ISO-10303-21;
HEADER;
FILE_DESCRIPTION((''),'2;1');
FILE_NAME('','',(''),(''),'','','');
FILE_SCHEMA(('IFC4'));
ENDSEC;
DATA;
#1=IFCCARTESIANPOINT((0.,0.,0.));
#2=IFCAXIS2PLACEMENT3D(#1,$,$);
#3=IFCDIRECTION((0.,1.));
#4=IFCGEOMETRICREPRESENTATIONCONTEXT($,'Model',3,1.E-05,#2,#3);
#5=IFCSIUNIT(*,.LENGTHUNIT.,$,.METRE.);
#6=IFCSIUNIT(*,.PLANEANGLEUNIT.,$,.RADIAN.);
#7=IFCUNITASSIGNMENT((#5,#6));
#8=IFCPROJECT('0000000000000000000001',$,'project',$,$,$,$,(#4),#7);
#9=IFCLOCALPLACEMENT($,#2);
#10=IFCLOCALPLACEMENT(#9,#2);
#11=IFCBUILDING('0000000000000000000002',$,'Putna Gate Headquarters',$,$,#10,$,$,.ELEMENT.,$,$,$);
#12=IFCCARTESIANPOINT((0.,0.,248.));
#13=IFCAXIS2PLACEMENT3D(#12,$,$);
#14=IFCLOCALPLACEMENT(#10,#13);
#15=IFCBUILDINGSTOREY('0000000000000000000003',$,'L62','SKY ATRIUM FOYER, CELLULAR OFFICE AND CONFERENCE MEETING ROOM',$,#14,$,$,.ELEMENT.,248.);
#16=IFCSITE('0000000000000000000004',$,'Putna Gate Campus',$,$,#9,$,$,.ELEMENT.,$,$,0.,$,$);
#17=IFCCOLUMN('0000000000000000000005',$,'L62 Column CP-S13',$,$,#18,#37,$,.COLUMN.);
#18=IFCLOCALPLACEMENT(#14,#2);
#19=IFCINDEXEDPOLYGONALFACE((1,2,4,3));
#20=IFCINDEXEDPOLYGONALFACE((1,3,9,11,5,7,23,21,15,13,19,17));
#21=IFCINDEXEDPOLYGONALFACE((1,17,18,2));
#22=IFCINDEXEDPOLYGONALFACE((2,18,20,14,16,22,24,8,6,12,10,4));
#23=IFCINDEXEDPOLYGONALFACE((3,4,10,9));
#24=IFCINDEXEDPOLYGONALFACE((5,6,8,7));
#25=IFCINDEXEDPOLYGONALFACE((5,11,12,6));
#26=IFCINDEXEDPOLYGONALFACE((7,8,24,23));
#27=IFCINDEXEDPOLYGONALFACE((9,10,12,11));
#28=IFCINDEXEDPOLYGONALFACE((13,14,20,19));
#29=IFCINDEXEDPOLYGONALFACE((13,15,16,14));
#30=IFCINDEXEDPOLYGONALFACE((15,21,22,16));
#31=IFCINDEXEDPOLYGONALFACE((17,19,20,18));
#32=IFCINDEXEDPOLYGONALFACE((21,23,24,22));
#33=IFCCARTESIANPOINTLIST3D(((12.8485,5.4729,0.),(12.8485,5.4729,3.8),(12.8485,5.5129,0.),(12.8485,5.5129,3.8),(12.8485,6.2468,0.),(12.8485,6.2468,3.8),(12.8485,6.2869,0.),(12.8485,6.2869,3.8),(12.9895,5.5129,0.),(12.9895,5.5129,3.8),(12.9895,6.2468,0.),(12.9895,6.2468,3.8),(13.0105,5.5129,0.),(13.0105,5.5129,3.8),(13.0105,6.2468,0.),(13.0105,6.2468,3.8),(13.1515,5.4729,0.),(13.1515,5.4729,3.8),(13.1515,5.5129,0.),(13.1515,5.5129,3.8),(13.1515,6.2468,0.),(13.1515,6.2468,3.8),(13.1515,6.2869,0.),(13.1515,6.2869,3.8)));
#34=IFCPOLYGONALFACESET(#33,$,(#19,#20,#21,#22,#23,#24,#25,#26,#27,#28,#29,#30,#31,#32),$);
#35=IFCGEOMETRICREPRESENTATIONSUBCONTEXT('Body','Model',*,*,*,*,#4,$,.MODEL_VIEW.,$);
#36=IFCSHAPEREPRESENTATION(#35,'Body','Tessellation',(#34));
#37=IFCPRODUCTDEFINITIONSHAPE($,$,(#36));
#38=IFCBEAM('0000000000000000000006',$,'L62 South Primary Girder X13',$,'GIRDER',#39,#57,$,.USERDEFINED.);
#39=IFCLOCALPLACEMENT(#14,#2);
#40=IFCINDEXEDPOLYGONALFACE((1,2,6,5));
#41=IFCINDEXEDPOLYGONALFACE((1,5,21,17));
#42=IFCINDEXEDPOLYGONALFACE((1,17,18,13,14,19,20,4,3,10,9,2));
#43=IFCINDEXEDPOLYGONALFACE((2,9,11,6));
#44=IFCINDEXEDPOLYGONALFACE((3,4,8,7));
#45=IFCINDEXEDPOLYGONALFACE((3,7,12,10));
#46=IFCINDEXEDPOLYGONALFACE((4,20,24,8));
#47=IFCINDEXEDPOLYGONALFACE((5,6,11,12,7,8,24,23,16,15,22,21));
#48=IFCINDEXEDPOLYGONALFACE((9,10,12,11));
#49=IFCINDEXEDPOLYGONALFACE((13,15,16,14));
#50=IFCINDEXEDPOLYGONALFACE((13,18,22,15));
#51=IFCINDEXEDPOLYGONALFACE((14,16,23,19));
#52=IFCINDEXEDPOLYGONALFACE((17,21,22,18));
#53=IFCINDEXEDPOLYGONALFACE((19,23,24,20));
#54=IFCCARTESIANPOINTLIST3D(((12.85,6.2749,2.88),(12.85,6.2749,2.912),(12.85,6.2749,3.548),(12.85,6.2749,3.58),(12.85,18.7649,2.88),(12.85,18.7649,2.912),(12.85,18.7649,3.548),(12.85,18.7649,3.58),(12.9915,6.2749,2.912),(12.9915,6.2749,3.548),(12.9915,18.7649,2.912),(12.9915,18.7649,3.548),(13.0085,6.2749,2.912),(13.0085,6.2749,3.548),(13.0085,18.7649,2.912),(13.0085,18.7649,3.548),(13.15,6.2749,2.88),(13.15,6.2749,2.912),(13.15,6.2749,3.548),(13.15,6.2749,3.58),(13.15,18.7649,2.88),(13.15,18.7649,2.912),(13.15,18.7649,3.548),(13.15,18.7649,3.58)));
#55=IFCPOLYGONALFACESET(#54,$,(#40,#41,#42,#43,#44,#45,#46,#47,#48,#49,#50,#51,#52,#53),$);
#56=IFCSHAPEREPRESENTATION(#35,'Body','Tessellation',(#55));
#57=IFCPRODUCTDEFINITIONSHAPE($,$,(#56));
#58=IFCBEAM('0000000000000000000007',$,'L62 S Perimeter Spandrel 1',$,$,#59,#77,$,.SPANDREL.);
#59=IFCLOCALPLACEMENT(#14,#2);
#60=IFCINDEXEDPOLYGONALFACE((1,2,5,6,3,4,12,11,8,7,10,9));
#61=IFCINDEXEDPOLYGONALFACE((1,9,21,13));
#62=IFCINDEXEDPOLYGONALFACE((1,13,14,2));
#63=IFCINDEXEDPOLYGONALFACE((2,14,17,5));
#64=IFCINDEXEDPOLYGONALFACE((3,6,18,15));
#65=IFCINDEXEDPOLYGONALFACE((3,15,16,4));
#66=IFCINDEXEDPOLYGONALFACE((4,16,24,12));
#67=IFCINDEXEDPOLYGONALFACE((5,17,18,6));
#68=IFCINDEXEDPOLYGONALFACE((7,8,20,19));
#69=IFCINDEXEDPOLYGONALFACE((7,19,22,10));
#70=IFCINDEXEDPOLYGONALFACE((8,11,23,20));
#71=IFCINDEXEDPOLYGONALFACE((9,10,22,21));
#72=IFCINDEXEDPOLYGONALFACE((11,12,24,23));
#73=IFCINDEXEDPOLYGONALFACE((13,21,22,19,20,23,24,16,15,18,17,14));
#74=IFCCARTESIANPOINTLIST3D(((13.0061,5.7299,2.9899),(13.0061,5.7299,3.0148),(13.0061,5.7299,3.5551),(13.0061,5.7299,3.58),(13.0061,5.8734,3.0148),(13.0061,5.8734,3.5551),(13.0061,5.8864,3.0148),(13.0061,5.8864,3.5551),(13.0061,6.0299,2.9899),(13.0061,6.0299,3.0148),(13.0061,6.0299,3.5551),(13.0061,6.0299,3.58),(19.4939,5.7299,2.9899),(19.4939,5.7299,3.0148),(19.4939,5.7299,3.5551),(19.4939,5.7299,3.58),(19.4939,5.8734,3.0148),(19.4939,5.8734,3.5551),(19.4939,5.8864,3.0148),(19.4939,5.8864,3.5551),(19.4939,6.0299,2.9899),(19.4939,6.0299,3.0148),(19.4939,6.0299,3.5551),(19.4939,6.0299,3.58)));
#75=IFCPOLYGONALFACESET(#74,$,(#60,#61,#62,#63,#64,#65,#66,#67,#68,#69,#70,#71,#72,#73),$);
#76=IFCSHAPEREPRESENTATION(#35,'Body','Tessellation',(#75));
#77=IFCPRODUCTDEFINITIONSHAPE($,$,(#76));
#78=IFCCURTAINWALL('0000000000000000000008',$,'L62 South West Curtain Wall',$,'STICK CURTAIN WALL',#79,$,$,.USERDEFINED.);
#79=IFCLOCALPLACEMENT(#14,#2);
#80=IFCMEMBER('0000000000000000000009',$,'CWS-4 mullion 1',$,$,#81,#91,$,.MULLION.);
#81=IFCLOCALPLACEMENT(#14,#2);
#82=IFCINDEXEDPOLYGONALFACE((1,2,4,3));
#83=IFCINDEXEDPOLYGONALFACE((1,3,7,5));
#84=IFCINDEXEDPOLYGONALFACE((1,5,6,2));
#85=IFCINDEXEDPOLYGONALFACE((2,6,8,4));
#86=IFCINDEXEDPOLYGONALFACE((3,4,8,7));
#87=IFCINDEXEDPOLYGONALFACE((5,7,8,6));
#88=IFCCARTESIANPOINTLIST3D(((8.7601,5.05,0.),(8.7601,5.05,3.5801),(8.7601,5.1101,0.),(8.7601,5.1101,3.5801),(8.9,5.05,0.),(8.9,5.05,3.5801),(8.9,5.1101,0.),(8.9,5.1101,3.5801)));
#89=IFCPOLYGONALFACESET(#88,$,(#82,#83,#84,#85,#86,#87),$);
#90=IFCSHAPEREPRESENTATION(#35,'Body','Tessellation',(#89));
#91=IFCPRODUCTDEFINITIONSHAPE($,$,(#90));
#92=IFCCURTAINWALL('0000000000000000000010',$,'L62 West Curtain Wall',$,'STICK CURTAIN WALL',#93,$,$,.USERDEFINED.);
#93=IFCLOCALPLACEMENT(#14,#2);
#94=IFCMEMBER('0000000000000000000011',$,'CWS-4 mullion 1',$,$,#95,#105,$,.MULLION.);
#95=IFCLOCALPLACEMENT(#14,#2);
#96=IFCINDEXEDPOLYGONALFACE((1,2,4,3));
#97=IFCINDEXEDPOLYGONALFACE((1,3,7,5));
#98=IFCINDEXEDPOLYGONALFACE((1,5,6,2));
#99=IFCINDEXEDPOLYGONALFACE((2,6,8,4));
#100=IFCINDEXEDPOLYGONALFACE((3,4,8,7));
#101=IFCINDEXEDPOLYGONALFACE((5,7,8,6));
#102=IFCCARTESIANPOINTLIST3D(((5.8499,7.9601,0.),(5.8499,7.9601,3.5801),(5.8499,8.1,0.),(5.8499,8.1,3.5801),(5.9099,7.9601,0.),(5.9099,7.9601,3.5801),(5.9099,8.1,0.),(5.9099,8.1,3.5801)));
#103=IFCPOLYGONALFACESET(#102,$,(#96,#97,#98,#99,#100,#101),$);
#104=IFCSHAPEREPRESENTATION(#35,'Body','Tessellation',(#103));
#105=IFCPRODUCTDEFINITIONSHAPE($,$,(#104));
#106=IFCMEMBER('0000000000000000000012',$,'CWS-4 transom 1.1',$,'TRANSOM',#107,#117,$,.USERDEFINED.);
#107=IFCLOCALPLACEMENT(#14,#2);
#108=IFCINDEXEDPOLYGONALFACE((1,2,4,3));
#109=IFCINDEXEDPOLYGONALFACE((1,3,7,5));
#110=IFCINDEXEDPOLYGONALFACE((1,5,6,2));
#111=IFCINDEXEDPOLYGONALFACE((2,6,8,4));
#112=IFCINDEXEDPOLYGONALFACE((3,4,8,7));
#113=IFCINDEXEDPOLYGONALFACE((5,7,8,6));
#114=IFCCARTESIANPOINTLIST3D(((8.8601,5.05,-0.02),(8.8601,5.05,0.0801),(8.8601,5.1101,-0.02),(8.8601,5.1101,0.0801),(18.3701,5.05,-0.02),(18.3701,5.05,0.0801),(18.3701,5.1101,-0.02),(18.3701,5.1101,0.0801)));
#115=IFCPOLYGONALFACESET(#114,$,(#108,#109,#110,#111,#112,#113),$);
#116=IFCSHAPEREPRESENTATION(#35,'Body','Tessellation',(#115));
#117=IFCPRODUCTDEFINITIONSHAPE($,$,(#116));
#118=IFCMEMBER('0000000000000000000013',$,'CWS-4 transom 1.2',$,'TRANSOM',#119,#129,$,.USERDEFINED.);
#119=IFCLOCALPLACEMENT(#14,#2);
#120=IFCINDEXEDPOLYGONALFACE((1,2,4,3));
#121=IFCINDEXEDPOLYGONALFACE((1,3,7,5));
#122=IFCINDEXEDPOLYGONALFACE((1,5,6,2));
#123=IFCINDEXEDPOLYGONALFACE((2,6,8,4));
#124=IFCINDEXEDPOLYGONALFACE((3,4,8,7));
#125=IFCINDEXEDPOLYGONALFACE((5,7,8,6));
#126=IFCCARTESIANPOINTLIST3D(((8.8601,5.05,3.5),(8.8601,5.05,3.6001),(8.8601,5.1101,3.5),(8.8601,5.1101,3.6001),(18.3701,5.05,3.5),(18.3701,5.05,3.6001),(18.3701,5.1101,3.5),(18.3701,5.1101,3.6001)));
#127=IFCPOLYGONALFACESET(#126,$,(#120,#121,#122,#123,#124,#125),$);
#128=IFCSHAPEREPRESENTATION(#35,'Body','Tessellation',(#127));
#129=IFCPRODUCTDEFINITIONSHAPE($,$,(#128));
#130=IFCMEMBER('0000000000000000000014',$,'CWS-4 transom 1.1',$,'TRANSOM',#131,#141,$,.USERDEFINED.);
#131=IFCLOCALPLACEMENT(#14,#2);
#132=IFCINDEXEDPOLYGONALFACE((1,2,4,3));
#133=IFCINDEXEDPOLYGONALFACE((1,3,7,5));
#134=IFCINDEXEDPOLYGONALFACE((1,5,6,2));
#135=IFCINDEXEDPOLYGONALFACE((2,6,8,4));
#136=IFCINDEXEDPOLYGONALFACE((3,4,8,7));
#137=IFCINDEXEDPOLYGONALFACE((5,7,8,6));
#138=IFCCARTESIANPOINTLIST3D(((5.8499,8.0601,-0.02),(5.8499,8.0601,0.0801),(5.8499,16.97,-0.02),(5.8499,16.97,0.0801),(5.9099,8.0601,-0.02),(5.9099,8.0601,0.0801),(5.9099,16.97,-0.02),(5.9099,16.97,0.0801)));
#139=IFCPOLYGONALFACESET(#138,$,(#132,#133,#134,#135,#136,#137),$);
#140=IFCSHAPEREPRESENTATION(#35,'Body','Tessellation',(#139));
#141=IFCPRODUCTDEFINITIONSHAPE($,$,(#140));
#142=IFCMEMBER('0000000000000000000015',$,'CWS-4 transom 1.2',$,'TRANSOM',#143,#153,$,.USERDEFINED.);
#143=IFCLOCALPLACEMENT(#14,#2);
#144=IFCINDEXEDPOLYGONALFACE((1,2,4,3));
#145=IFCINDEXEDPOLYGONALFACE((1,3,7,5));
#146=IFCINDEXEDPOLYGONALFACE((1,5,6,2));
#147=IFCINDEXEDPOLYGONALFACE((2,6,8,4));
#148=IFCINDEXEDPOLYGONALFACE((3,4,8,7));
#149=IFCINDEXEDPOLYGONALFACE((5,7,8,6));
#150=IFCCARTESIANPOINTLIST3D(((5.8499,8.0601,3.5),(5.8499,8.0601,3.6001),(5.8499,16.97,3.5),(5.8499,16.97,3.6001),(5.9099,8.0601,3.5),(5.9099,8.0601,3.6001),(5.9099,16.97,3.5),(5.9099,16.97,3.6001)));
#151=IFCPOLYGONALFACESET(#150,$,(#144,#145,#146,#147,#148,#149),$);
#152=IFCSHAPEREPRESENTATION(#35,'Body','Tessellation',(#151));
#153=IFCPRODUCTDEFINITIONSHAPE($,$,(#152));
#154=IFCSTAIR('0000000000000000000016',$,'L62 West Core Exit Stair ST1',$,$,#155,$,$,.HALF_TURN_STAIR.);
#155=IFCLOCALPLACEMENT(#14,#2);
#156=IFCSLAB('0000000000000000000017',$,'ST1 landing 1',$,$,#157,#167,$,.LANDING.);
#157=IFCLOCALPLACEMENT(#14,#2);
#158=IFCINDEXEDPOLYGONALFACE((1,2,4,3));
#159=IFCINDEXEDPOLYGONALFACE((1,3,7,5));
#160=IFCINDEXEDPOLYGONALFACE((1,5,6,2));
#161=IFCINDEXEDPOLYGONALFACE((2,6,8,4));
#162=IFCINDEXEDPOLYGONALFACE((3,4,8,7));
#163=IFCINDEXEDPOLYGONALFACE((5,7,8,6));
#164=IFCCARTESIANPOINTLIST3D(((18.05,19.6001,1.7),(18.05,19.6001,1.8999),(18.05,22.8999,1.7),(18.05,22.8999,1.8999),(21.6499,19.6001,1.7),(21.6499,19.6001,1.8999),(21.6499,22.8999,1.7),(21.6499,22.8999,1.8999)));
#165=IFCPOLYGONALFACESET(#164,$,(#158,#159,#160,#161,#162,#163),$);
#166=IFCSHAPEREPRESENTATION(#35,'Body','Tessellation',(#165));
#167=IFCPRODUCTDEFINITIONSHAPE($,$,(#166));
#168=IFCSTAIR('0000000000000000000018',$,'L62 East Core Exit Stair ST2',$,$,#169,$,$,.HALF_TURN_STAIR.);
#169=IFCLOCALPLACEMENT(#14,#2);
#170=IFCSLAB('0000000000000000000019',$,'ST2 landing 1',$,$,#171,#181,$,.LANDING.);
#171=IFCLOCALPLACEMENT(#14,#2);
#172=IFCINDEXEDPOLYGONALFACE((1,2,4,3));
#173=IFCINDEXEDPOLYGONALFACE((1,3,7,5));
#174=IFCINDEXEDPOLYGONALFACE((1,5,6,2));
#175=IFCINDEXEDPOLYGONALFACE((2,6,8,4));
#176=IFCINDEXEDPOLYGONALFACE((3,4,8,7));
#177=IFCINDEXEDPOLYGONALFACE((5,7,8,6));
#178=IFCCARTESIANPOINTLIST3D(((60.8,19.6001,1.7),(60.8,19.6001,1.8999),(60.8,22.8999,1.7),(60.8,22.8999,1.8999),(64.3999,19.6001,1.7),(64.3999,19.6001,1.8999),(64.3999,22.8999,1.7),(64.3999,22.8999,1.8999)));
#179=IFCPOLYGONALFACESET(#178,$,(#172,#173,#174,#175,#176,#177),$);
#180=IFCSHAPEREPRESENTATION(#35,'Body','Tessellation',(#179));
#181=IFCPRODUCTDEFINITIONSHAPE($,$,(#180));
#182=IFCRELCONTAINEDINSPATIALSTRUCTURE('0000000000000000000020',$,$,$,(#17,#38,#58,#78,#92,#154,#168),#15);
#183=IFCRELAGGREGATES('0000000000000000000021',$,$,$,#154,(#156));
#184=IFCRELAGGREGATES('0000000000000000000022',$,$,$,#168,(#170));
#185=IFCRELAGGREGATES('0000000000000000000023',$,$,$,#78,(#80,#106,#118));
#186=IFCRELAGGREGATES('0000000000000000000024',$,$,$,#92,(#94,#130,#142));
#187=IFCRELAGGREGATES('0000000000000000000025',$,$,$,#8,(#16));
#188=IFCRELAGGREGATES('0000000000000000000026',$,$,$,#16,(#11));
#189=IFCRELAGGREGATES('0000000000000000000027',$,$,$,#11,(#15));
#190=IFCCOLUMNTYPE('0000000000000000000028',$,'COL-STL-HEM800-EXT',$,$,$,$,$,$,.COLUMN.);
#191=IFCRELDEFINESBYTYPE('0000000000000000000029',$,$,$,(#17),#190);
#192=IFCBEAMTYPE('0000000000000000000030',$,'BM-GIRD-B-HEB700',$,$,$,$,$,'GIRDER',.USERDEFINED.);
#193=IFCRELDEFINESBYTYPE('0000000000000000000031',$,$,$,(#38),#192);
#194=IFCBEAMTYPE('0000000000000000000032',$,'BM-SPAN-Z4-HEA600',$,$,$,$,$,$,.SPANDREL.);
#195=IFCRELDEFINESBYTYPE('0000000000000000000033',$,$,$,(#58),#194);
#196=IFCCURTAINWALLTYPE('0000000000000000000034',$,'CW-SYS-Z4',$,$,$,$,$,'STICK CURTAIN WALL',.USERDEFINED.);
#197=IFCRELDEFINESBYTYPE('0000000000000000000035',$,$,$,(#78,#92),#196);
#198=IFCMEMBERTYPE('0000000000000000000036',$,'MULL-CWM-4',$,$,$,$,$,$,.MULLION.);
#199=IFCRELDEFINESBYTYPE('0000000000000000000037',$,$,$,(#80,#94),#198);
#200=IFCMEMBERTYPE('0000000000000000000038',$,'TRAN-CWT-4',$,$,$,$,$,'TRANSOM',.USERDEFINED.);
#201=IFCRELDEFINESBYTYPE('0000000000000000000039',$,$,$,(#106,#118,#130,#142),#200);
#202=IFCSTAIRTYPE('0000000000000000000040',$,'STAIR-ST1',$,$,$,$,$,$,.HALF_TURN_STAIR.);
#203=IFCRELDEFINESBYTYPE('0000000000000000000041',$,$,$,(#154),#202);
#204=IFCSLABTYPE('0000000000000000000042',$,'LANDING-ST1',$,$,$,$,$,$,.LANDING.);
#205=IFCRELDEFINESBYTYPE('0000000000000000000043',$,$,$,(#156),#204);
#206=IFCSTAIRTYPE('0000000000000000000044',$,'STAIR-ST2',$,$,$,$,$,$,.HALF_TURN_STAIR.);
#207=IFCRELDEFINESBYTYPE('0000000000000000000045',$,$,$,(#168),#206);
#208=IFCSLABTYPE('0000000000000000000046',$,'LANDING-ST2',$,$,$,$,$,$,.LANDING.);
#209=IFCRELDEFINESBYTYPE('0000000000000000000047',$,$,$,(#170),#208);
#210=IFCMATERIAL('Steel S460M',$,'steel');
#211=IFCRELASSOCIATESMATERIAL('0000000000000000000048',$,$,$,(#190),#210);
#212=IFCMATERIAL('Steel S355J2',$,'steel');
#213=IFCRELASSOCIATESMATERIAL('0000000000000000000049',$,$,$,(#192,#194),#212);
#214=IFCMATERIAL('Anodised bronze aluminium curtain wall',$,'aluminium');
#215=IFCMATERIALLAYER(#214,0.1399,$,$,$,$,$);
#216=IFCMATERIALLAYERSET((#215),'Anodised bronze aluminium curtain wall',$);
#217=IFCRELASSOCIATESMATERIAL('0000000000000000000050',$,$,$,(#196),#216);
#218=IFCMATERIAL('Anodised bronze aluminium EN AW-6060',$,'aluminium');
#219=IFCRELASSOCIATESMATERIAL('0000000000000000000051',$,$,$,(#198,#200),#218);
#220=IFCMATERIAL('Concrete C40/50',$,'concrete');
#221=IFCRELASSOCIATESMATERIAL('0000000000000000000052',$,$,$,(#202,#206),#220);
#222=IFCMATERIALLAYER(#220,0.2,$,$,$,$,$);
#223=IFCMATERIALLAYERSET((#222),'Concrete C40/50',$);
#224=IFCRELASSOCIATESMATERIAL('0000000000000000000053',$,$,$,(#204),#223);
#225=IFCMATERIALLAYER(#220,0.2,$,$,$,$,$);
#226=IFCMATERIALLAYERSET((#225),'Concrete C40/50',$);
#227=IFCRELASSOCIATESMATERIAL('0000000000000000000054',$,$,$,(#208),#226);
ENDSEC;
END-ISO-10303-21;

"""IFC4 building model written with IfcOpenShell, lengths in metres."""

from ifc_helpers import new_model, si_unit, direction, frame, origin, origin_2d, place, context, subcontext, project, spatial, polyline, rectangle, i_section, outline, extrude, material, layer, layer_set, material_profile, profile_set, type_object, element, aggregate, save


model = new_model("IFC4")

# Units and contexts
model_context = context("Model", 3, precision=1e-05, world=origin(), true_north=direction((0.0, 1.0)))
body_context = subcontext(model_context, "Body", "Model", "MODEL_VIEW")
ifc_project = project(units=[si_unit("LENGTHUNIT", "METRE"), si_unit("PLANEANGLEUNIT", "RADIAN")], contexts=[model_context])

# Site, building, storey
site_placement = place(None, origin())
site = spatial("IfcSite", under=ifc_project, at=site_placement, Name="Putna Gate Campus", CompositionType="ELEMENT", RefElevation=0.0)
building_placement = place(site_placement, origin())
building = spatial("IfcBuilding", under=site, at=building_placement, Name="Putna Gate Headquarters", CompositionType="ELEMENT")
storey_placement = place(building_placement, frame((0.0, 0.0, 248.0)))
storey = spatial("IfcBuildingStorey", under=building, at=storey_placement, Name="L62", Description="SKY ATRIUM FOYER, CELLULAR OFFICE AND CONFERENCE MEETING ROOM", CompositionType="ELEMENT", Elevation=248.0)

# Column
ifc_material_1 = material(Name="Steel S460M", Category="steel")
ifc_material_profile_1 = material_profile(ifc_material_1, i_section(OverallWidth=0.303, OverallDepth=0.814, WebThickness=0.021, FlangeThickness=0.04, at=origin_2d()), Name="Steel S460M")
ifc_profile_set_1 = profile_set([ifc_material_profile_1], Name="Steel S460M")
column_type = type_object("IfcColumnType", Name="COL-STL-HEM800-EXT", PredefinedType="COLUMN", material=ifc_profile_set_1)
column_placement = place(storey_placement, frame((13.0, 5.8799, 0.0), z_axis=(0.0, 0.0, 1.0), x_axis=(1.0, 0.0, 0.0)))
element("IfcColumn", 1, at=column_placement, inside=storey, type_object=column_type, Name="L62 Column CP-S13", PredefinedType="COLUMN", context=body_context, shape_type="SweptSolid", body=[
    extrude(i_section(OverallWidth=0.303, OverallDepth=0.814, WebThickness=0.021, FlangeThickness=0.04, at=origin_2d()), origin(), (0.0, 0.0, 1.0), 3.8),
])

# Beams
ifc_material_2 = material(Name="Steel S355J2", Category="steel")
ifc_material_profile_2 = material_profile(ifc_material_2, i_section(OverallWidth=0.3, OverallDepth=0.7, WebThickness=0.0171, FlangeThickness=0.032, at=origin_2d()), Name="Steel S355J2")
ifc_profile_set_2 = profile_set([ifc_material_profile_2], Name="Steel S355J2")
beam_type_1 = type_object("IfcBeamType", Name="BM-GIRD-B-HEB700", ElementType="GIRDER", PredefinedType="USERDEFINED", material=ifc_profile_set_2)
beam_1_placement = place(storey_placement, frame((13.0, 6.2749, 3.23), z_axis=(0.0, 1.0, 0.0), x_axis=(-1.0, 0.0, 0.0)))
element("IfcBeam", 2, at=beam_1_placement, inside=storey, type_object=beam_type_1, Name="L62 South Primary Girder X13", ObjectType="GIRDER", PredefinedType="USERDEFINED", context=body_context, shape_type="SweptSolid", body=[
    extrude(i_section(OverallWidth=0.3, OverallDepth=0.7, WebThickness=0.0171, FlangeThickness=0.032, at=origin_2d()), origin(), (0.0, 0.0, 1.0), 12.49),
])
ifc_material_profile_3 = material_profile(ifc_material_2, i_section(OverallWidth=0.3, OverallDepth=0.5901, WebThickness=0.0129, FlangeThickness=0.0249, at=origin_2d()), Name="Steel S355J2")
ifc_profile_set_3 = profile_set([ifc_material_profile_3], Name="Steel S355J2")
beam_type_2 = type_object("IfcBeamType", Name="BM-SPAN-Z4-HEA600", PredefinedType="SPANDREL", material=ifc_profile_set_3)
beam_2_placement = place(storey_placement, frame((13.0061, 5.8799, 3.2849), z_axis=(1.0, 0.0, 0.0), x_axis=(0.0, 1.0, 0.0)))
element("IfcBeam", 3, at=beam_2_placement, inside=storey, type_object=beam_type_2, Name="L62 S Perimeter Spandrel 1", PredefinedType="SPANDREL", context=body_context, shape_type="SweptSolid", body=[
    extrude(i_section(OverallWidth=0.3, OverallDepth=0.5901, WebThickness=0.0129, FlangeThickness=0.0249, at=origin_2d()), origin(), (0.0, 0.0, 1.0), 6.4878),
])

# Curtain walls, members
ifc_material_3 = material(Name="Anodised bronze aluminium curtain wall", Category="aluminium")
ifc_layer_1 = layer(ifc_material_3, 0.1399)
ifc_layer_set_1 = layer_set([ifc_layer_1], Name="Anodised bronze aluminium curtain wall")
curtain_wall_type = type_object("IfcCurtainWallType", Name="CW-SYS-Z4", ElementType="STICK CURTAIN WALL", PredefinedType="USERDEFINED", material=ifc_layer_set_1)
curtain_wall_1_placement = place(storey_placement, origin())
curtain_wall_1 = element("IfcCurtainWall", 4, at=curtain_wall_1_placement, inside=storey, type_object=curtain_wall_type, Name="L62 South West Curtain Wall", ObjectType="STICK CURTAIN WALL", PredefinedType="USERDEFINED")
ifc_material_4 = material(Name="Anodised bronze aluminium EN AW-6060", Category="aluminium")
ifc_material_profile_4 = material_profile(ifc_material_4, rectangle(XDim=0.0601, YDim=0.1399, at=origin_2d()), Name="Anodised bronze aluminium EN AW-6060")
ifc_profile_set_4 = profile_set([ifc_material_profile_4], Name="Anodised bronze aluminium EN AW-6060")
member_type_1 = type_object("IfcMemberType", Name="MULL-CWM-4", PredefinedType="MULLION", material=ifc_profile_set_4)
member_1_placement = place(storey_placement, frame((8.8301, 5.0801, 0.0), z_axis=(0.0, 0.0, 1.0), x_axis=(0.0, 1.0, 0.0)))
member_1 = element("IfcMember", 5, at=member_1_placement, type_object=member_type_1, Name="CWS-4 mullion 1", PredefinedType="MULLION", context=body_context, shape_type="SweptSolid", body=[
    extrude(rectangle(XDim=0.0601, YDim=0.1399, at=origin_2d()), origin(), (0.0, 0.0, 1.0), 3.5801),
])
curtain_wall_2_placement = place(storey_placement, origin())
curtain_wall_2 = element("IfcCurtainWall", 6, at=curtain_wall_2_placement, inside=storey, type_object=curtain_wall_type, Name="L62 West Curtain Wall", ObjectType="STICK CURTAIN WALL", PredefinedType="USERDEFINED")
member_2_placement = place(storey_placement, frame((5.8799, 8.03, 0.0), z_axis=(0.0, 0.0, 1.0), x_axis=(-1.0, 0.0, 0.0)))
member_2 = element("IfcMember", 7, at=member_2_placement, type_object=member_type_1, Name="CWS-4 mullion 1", PredefinedType="MULLION", context=body_context, shape_type="SweptSolid", body=[
    extrude(rectangle(XDim=0.0601, YDim=0.1399, at=origin_2d()), origin(), (0.0, 0.0, 1.0), 3.5801),
])

# Members
ifc_material_profile_5 = material_profile(ifc_material_4, rectangle(XDim=0.0601, YDim=0.1001, at=origin_2d()), Name="Anodised bronze aluminium EN AW-6060")
ifc_profile_set_5 = profile_set([ifc_material_profile_5], Name="Anodised bronze aluminium EN AW-6060")
member_type_2 = type_object("IfcMemberType", Name="TRAN-CWT-4", ElementType="TRANSOM", PredefinedType="USERDEFINED", material=ifc_profile_set_5)
member_3_placement = place(storey_placement, frame((8.8601, 5.0801, 0.03), z_axis=(1.0, 0.0, 0.0), x_axis=(0.0, 1.0, 0.0)))
member_3 = element("IfcMember", 8, at=member_3_placement, type_object=member_type_2, Name="CWS-4 transom 1.1", ObjectType="TRANSOM", PredefinedType="USERDEFINED", context=body_context, shape_type="SweptSolid", body=[
    extrude(rectangle(XDim=0.0601, YDim=0.1001, at=origin_2d()), origin(), (0.0, 0.0, 1.0), 9.51),
])
member_4_placement = place(storey_placement, frame((8.8601, 5.0801, 3.55), z_axis=(1.0, 0.0, 0.0), x_axis=(0.0, 1.0, 0.0)))
member_4 = element("IfcMember", 9, at=member_4_placement, type_object=member_type_2, Name="CWS-4 transom 1.2", ObjectType="TRANSOM", PredefinedType="USERDEFINED", context=body_context, shape_type="SweptSolid", body=[
    extrude(rectangle(XDim=0.0601, YDim=0.1001, at=origin_2d()), origin(), (0.0, 0.0, 1.0), 9.51),
])
member_5_placement = place(storey_placement, frame((5.8799, 8.0601, 0.03), z_axis=(0.0, 1.0, 0.0), x_axis=(-1.0, 0.0, 0.0)))
member_5 = element("IfcMember", 10, at=member_5_placement, type_object=member_type_2, Name="CWS-4 transom 1.1", ObjectType="TRANSOM", PredefinedType="USERDEFINED", context=body_context, shape_type="SweptSolid", body=[
    extrude(rectangle(XDim=0.0601, YDim=0.1001, at=origin_2d()), origin(), (0.0, 0.0, 1.0), 8.9099),
])
member_6_placement = place(storey_placement, frame((5.8799, 8.0601, 3.55), z_axis=(0.0, 1.0, 0.0), x_axis=(-1.0, 0.0, 0.0)))
member_6 = element("IfcMember", 11, at=member_6_placement, type_object=member_type_2, Name="CWS-4 transom 1.2", ObjectType="TRANSOM", PredefinedType="USERDEFINED", context=body_context, shape_type="SweptSolid", body=[
    extrude(rectangle(XDim=0.0601, YDim=0.1001, at=origin_2d()), origin(), (0.0, 0.0, 1.0), 8.9099),
])

# Stairs, slabs
ifc_material_5 = material(Name="Concrete C40/50", Category="concrete")
stair_type_1 = type_object("IfcStairType", Name="STAIR-ST1", PredefinedType="HALF_TURN_STAIR", material=ifc_material_5)
stair_1_placement = place(storey_placement, origin())
stair_1 = element("IfcStair", 12, at=stair_1_placement, inside=storey, type_object=stair_type_1, Name="L62 West Core Exit Stair ST1", PredefinedType="HALF_TURN_STAIR")
ifc_layer_2 = layer(ifc_material_5, 0.2)
ifc_layer_set_2 = layer_set([ifc_layer_2], Name="Concrete C40/50")
slab_type_1 = type_object("IfcSlabType", Name="LANDING-ST1", PredefinedType="LANDING", material=ifc_layer_set_2)
slab_1_placement = place(storey_placement, frame((0.0, 0.0, 1.7)))
slab_1 = element("IfcSlab", 13, at=slab_1_placement, type_object=slab_type_1, Name="ST1 landing 1", PredefinedType="LANDING", context=body_context, shape_type="SweptSolid", body=[
    extrude(outline(polyline([(18.05, 19.6001), (21.6499, 19.6001), (21.6499, 22.8999), (18.05, 22.8999), (18.05, 19.6001)])), origin(), (0.0, 0.0, 1.0), 0.2),
])
aggregate(stair_1, [slab_1])
stair_type_2 = type_object("IfcStairType", Name="STAIR-ST2", PredefinedType="HALF_TURN_STAIR", material=ifc_material_5)
stair_2_placement = place(storey_placement, origin())
stair_2 = element("IfcStair", 14, at=stair_2_placement, inside=storey, type_object=stair_type_2, Name="L62 East Core Exit Stair ST2", PredefinedType="HALF_TURN_STAIR")
ifc_layer_3 = layer(ifc_material_5, 0.2)
ifc_layer_set_3 = layer_set([ifc_layer_3], Name="Concrete C40/50")
slab_type_2 = type_object("IfcSlabType", Name="LANDING-ST2", PredefinedType="LANDING", material=ifc_layer_set_3)
slab_2_placement = place(storey_placement, frame((0.0, 0.0, 1.7)))
slab_2 = element("IfcSlab", 15, at=slab_2_placement, type_object=slab_type_2, Name="ST2 landing 1", PredefinedType="LANDING", context=body_context, shape_type="SweptSolid", body=[
    extrude(outline(polyline([(60.8, 19.6001), (64.3999, 19.6001), (64.3999, 22.8999), (60.8, 22.8999), (60.8, 19.6001)])), origin(), (0.0, 0.0, 1.0), 0.2),
])
aggregate(stair_2, [slab_2])

aggregate(curtain_wall_1, [member_1, member_3, member_4])
aggregate(curtain_wall_2, [member_2, member_5, member_6])

save(model, "model.ifc")
